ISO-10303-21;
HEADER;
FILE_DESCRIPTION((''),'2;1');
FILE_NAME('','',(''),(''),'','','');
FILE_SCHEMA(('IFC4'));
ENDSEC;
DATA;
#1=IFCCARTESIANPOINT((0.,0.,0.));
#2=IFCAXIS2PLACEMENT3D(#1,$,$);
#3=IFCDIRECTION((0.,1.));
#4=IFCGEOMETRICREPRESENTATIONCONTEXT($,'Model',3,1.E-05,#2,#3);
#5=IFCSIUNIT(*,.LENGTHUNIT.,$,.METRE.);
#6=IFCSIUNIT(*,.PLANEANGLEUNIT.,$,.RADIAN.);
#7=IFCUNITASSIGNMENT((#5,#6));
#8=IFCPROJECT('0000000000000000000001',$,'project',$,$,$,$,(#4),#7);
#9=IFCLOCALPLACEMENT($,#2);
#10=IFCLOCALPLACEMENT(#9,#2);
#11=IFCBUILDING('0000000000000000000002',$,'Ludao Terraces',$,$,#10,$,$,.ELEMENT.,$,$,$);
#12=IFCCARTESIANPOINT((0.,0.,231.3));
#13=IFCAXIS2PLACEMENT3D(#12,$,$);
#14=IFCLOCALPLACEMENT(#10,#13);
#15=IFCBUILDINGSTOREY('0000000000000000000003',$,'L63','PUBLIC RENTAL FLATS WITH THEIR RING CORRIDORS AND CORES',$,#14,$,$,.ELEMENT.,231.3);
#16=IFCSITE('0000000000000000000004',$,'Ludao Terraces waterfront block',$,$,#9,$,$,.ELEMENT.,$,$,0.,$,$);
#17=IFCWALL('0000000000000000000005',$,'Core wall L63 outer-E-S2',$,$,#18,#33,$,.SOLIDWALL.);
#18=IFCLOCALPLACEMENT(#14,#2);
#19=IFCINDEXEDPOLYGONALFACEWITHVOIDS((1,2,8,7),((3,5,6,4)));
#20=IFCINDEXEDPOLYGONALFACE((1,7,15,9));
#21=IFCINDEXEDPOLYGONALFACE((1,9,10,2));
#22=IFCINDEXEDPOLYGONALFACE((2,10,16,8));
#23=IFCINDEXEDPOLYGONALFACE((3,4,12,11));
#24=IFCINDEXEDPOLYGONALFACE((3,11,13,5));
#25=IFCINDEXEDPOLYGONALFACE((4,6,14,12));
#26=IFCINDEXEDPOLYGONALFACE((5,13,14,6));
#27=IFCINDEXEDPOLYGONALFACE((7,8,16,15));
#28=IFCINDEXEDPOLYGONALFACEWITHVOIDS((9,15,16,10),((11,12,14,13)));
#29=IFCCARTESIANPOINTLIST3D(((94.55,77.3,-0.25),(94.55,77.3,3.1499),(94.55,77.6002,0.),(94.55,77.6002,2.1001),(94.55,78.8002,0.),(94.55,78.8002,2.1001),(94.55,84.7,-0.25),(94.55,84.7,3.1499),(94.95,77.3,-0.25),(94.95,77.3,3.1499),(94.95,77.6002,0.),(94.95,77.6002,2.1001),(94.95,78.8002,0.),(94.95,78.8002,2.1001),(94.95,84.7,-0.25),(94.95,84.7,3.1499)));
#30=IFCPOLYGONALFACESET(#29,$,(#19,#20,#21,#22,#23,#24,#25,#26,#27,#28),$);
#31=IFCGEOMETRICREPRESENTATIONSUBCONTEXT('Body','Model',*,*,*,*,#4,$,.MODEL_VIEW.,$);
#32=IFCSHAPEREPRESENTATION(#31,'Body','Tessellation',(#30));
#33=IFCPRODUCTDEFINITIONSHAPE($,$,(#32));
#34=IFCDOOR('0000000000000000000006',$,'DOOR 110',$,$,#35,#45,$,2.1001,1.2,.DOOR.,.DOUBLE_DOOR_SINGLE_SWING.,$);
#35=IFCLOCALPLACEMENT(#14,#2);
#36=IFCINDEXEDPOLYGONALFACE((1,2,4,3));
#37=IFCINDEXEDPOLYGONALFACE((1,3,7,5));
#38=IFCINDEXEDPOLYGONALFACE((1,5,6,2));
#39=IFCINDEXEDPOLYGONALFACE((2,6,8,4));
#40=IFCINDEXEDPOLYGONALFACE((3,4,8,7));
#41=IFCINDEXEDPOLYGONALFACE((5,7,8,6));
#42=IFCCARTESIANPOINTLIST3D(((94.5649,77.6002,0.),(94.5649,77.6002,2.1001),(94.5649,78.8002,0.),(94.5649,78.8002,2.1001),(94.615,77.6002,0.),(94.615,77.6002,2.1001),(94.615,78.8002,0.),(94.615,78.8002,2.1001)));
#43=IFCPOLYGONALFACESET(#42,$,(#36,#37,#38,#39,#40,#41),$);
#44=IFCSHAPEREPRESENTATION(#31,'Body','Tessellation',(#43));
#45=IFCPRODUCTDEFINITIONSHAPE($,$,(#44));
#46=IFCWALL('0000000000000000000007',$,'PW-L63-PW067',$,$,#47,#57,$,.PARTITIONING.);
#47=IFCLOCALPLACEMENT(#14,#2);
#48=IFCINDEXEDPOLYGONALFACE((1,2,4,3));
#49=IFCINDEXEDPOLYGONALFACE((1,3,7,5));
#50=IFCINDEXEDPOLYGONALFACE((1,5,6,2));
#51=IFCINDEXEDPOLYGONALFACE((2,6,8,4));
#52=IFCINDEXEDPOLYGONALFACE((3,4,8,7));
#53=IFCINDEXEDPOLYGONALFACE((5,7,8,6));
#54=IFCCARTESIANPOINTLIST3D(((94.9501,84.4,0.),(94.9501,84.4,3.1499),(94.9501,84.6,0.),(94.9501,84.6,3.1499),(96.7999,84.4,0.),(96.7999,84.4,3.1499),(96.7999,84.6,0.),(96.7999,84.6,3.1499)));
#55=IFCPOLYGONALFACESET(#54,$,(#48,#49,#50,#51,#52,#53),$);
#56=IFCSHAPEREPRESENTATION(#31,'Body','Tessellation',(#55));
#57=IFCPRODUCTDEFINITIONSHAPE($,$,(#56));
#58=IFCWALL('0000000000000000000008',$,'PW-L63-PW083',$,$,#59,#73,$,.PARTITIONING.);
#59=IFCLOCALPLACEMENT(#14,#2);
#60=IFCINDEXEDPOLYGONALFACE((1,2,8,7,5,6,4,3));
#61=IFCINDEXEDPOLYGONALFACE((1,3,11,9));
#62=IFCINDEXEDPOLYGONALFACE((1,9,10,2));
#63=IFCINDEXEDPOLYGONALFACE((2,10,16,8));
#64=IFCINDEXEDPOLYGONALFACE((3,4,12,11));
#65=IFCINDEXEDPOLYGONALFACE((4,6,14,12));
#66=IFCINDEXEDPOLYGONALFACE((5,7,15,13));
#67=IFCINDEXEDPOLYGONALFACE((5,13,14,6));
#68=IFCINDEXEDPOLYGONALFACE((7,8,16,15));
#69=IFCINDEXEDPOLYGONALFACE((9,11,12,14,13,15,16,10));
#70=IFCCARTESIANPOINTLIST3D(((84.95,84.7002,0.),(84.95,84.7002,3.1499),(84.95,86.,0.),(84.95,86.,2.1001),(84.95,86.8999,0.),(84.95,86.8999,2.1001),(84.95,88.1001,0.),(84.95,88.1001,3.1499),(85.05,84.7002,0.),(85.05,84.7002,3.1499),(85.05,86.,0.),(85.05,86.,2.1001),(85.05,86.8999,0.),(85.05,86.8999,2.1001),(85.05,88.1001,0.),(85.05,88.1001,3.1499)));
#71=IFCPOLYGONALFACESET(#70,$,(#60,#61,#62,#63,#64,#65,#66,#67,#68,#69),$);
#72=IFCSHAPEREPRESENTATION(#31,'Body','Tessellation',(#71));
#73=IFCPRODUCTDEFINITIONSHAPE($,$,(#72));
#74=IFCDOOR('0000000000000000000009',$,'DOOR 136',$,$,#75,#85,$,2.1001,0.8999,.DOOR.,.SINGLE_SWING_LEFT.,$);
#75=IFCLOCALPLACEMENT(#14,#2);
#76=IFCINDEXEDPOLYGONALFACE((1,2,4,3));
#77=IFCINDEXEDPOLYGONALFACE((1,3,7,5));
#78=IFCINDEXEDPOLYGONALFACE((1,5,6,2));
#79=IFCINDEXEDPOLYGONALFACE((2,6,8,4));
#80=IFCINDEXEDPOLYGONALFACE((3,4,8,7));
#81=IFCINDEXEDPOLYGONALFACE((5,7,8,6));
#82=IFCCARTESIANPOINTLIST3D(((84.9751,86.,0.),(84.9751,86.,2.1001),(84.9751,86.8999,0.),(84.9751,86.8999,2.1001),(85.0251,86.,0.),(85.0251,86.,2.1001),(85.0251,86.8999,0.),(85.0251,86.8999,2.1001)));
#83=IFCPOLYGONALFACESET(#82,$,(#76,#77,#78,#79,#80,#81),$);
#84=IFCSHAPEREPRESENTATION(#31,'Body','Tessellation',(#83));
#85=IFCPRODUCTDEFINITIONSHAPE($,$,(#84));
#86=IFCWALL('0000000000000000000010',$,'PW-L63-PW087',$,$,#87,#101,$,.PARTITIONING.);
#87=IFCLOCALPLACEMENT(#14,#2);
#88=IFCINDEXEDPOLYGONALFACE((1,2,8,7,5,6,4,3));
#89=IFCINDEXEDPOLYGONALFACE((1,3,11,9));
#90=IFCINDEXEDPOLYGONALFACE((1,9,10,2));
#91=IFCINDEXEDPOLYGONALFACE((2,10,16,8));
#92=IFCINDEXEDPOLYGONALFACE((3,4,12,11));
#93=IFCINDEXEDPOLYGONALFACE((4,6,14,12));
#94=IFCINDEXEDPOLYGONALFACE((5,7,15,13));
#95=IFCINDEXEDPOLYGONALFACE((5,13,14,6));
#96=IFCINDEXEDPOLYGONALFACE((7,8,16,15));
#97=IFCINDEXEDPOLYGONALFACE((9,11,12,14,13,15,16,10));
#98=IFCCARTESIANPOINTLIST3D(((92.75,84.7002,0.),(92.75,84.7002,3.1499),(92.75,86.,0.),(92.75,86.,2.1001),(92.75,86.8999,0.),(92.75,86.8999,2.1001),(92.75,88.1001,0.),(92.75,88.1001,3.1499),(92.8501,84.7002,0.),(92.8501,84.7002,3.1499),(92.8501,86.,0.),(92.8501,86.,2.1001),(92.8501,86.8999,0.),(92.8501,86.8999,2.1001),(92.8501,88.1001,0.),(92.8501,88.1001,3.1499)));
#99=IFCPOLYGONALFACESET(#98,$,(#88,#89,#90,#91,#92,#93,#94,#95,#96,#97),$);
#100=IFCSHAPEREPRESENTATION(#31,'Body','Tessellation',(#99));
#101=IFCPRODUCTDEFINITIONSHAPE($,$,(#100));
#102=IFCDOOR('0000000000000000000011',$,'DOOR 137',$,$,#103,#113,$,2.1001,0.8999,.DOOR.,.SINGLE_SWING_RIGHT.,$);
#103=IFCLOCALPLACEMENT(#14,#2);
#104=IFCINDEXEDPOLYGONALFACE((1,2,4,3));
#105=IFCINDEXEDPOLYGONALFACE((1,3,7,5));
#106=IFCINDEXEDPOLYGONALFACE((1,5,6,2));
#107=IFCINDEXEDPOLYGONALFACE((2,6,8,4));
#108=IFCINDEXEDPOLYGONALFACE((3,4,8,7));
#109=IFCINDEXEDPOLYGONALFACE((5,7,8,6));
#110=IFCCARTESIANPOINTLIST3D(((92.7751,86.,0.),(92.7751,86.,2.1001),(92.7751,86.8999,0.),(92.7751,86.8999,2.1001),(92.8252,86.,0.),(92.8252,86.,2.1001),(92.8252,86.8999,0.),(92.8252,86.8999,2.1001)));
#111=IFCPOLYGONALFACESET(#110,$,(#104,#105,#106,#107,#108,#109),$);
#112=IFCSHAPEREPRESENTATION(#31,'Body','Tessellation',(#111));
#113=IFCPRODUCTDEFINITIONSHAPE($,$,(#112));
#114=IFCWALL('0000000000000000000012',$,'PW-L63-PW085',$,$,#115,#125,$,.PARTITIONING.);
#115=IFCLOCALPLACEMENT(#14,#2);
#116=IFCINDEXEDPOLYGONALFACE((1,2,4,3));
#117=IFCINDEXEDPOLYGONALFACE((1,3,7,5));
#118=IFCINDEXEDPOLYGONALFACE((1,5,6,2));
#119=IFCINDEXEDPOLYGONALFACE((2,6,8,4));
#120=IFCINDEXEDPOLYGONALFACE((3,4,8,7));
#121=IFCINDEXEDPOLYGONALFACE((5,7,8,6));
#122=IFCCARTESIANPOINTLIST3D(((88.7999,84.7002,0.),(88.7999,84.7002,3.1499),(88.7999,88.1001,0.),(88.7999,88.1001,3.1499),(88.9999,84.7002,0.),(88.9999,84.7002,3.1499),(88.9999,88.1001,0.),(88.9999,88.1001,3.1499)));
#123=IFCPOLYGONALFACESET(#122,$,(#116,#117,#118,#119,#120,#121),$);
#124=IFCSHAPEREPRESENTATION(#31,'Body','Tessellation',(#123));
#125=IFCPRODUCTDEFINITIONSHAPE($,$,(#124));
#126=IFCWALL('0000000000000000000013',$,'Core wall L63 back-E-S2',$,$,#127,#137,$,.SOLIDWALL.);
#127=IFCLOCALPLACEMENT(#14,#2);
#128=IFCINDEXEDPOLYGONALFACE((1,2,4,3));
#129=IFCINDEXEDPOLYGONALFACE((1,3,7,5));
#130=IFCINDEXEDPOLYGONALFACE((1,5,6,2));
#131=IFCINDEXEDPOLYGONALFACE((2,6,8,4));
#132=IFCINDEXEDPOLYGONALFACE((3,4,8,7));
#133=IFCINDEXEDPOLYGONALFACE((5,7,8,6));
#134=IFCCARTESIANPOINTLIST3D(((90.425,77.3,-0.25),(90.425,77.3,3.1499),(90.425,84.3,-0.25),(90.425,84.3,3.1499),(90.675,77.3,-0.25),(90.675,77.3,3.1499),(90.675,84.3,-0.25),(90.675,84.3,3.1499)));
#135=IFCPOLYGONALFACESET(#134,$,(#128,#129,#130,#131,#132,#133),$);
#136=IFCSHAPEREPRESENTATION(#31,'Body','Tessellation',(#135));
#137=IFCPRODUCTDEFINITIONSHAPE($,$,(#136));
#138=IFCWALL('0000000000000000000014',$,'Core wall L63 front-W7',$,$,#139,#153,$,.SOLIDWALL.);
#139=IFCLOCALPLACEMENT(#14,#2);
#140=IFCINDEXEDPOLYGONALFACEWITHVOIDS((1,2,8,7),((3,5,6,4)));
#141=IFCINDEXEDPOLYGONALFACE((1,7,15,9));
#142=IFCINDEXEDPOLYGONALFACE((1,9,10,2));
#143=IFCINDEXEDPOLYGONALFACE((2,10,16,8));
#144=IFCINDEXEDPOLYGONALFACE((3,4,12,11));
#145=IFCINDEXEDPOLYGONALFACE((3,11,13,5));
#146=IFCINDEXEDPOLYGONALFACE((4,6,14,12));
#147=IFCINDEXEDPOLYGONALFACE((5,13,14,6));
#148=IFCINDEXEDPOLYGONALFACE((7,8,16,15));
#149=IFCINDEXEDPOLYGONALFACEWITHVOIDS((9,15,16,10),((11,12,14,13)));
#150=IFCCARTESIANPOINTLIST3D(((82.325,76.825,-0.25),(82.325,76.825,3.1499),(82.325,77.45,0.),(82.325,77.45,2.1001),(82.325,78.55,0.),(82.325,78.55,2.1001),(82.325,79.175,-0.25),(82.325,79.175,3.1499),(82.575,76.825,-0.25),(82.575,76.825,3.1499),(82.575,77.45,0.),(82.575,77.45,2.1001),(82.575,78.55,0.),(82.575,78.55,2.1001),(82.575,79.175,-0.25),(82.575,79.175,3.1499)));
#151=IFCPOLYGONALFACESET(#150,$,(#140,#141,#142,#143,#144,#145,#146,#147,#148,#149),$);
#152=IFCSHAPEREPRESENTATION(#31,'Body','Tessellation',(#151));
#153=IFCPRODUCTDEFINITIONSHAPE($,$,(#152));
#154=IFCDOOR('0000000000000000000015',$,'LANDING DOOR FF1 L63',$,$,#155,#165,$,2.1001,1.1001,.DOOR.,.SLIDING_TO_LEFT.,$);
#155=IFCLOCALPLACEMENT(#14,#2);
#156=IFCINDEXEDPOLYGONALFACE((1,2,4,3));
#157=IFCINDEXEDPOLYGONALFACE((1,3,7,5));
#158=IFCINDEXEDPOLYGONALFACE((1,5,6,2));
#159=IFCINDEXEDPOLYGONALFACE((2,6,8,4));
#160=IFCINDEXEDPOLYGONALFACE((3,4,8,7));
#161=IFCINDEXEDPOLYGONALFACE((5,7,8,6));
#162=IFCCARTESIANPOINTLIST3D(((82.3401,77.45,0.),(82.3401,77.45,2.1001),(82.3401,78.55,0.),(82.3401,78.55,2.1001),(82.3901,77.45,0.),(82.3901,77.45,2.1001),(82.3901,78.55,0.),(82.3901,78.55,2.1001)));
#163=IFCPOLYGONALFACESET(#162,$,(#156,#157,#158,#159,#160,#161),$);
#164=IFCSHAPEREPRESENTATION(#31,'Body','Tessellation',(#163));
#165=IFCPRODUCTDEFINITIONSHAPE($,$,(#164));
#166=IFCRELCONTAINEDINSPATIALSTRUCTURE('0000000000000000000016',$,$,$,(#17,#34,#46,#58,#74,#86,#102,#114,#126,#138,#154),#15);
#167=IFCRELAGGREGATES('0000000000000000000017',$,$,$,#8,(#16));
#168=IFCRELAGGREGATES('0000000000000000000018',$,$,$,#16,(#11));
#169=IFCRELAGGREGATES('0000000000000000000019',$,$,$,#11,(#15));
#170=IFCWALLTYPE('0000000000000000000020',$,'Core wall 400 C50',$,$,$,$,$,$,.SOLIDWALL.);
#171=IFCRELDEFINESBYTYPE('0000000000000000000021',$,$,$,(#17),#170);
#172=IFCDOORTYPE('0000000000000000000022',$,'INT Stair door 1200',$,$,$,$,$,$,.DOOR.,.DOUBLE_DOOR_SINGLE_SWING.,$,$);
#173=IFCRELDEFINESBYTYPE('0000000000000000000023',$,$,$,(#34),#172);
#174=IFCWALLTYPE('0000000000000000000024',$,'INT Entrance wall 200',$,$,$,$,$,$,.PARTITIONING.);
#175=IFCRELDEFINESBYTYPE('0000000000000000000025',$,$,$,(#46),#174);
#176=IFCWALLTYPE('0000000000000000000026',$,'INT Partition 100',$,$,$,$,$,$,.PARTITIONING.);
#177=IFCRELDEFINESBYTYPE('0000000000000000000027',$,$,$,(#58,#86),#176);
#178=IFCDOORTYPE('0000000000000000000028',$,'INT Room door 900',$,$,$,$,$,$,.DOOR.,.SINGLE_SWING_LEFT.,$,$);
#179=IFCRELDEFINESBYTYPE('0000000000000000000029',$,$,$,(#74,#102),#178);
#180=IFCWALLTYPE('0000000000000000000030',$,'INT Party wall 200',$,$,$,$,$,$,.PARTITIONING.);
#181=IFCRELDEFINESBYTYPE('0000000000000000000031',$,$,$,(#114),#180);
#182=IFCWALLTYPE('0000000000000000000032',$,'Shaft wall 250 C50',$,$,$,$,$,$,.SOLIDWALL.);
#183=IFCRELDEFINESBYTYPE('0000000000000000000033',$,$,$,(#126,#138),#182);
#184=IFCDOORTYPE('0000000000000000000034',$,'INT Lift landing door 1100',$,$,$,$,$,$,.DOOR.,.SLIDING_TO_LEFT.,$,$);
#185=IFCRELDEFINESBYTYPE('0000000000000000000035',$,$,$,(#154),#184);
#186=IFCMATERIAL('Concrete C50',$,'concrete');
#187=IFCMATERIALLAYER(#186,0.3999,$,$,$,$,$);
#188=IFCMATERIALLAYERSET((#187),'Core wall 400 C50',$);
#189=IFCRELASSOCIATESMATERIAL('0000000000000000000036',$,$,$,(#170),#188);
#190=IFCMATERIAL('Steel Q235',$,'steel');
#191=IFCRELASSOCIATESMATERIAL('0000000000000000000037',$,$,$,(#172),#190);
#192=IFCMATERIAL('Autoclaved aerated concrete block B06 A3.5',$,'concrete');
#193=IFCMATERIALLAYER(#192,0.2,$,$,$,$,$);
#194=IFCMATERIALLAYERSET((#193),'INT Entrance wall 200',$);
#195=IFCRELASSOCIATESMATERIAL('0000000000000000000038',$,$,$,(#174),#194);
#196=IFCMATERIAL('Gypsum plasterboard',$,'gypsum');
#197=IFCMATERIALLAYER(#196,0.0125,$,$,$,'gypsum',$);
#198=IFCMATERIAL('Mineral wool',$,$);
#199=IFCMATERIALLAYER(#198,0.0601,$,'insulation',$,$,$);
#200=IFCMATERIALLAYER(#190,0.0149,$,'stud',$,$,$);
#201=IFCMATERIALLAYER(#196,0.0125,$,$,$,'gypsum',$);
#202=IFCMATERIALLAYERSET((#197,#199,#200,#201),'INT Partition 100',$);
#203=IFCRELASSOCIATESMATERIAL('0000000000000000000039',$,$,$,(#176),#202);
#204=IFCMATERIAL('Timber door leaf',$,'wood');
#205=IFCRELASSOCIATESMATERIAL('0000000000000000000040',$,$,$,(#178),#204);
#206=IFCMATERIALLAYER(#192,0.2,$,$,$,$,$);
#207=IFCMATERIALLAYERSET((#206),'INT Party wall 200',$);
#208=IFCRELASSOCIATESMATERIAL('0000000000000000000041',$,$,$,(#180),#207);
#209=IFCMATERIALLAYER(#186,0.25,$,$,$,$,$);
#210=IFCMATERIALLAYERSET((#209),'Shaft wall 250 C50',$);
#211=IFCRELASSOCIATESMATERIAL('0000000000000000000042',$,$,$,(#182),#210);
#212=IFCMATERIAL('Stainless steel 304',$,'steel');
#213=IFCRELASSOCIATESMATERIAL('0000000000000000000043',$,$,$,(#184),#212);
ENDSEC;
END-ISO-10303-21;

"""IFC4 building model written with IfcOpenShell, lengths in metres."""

from ifc_helpers import new_model, si_unit, direction, frame, frame_2d, origin, place, context, subcontext, project, spatial, rectangle, extrude, material, layer, layer_set, type_object, element, fill, save


model = new_model("IFC4")

# Units and contexts
model_context = context("Model", 3, precision=1e-05, world=origin(), true_north=direction((0.0, 1.0)))
body_context = subcontext(model_context, "Body", "Model", "MODEL_VIEW")
ifc_project = project(units=[si_unit("LENGTHUNIT", "METRE"), si_unit("PLANEANGLEUNIT", "RADIAN")], contexts=[model_context])

# Site, building, storey
site_placement = place(None, origin())
site = spatial("IfcSite", under=ifc_project, at=site_placement, Name="Ludao Terraces waterfront block", CompositionType="ELEMENT", RefElevation=0.0)
building_placement = place(site_placement, origin())
building = spatial("IfcBuilding", under=site, at=building_placement, Name="Ludao Terraces", CompositionType="ELEMENT")
storey_placement = place(building_placement, frame((0.0, 0.0, 231.3)))
storey = spatial("IfcBuildingStorey", under=building, at=storey_placement, Name="L63", Description="PUBLIC RENTAL FLATS WITH THEIR RING CORRIDORS AND CORES", CompositionType="ELEMENT", Elevation=231.3)

# Wall, opening, door
ifc_material_1 = material(Name="Concrete C50", Category="concrete")
ifc_layer_1 = layer(ifc_material_1, 0.3999)
ifc_layer_set_1 = layer_set([ifc_layer_1], Name="Core wall 400 C50")
wall_type_1 = type_object("IfcWallType", Name="Core wall 400 C50", PredefinedType="SOLIDWALL", material=ifc_layer_set_1)
wall_1_placement = place(storey_placement, frame((94.75, 77.3, -0.25), z_axis=(0.0, 0.0, 1.0), x_axis=(0.0, 1.0, 0.0)))
wall_1 = element("IfcWall", 1, at=wall_1_placement, inside=storey, type_object=wall_type_1, Name="Core wall L63 outer-E-S2", PredefinedType="SOLIDWALL", context=body_context, shape_type="SweptSolid", body=[
    extrude(rectangle(XDim=7.3999, YDim=0.3999, at=frame_2d((3.7, 0.0))), origin(), (0.0, 0.0, 1.0), 3.3999),
])
opening_1_placement = place(wall_1_placement, frame((0.3, 0.0, 0.25)))
opening_1 = element("IfcOpeningElement", 2, at=opening_1_placement, cuts=wall_1, PredefinedType="OPENING", context=body_context, shape_type="SweptSolid", body=[
    extrude(rectangle(XDim=1.2, YDim=2.1001, at=frame_2d((0.6001, 1.05))), frame((0.0, 0.21, 0.0), z_axis=(0.0, -1.0, 0.0), x_axis=(1.0, 0.0, 0.0)), (0.0, 0.0, 1.0), 0.4199),
])
ifc_material_2 = material(Name="Steel Q235", Category="steel")
door_type_1 = type_object("IfcDoorType", Name="INT Stair door 1200", OperationType="DOUBLE_DOOR_SINGLE_SWING", PredefinedType="DOOR", material=ifc_material_2)
door_1_placement = place(opening_1_placement, origin())
door_1 = element("IfcDoor", 3, at=door_1_placement, inside=storey, type_object=door_type_1, Name="DOOR 110", OperationType="DOUBLE_DOOR_SINGLE_SWING", OverallHeight=2.1001, OverallWidth=1.2, PredefinedType="DOOR", context=body_context, shape_type="SweptSolid", body=[
    extrude(rectangle(XDim=1.2, YDim=2.1001, at=frame_2d((0.6001, 1.05))), frame((0.0, 0.1851, 0.0), z_axis=(0.0, -1.0, 0.0), x_axis=(1.0, 0.0, 0.0)), (0.0, 0.0, 1.0), 0.05),
])
fill(opening_1, door_1)

# Wall
ifc_material_3 = material(Name="Autoclaved aerated concrete block B06 A3.5", Category="concrete")
ifc_layer_2 = layer(ifc_material_3, 0.2)
ifc_layer_set_2 = layer_set([ifc_layer_2], Name="INT Entrance wall 200")
wall_type_2 = type_object("IfcWallType", Name="INT Entrance wall 200", PredefinedType="PARTITIONING", material=ifc_layer_set_2)
wall_2_placement = place(storey_placement, frame((94.9502, 84.5, 0.0), z_axis=(0.0, 0.0, 1.0), x_axis=(1.0, 0.0, 0.0)))
element("IfcWall", 4, at=wall_2_placement, inside=storey, type_object=wall_type_2, Name="PW-L63-PW067", PredefinedType="PARTITIONING", context=body_context, shape_type="SweptSolid", body=[
    extrude(rectangle(XDim=1.8499, YDim=0.2, at=frame_2d((0.9248, 0.0))), origin(), (0.0, 0.0, 1.0), 3.1499),
])

# Walls, openings, doors
ifc_material_4 = material(Name="Gypsum plasterboard", Category="gypsum")
ifc_layer_3 = layer(ifc_material_4, 0.0125, Category="gypsum")
ifc_material_5 = material(Name="Mineral wool")
ifc_layer_4 = layer(ifc_material_5, 0.0601, Name="insulation")
ifc_layer_5 = layer(ifc_material_2, 0.0149, Name="stud")
ifc_layer_6 = layer(ifc_material_4, 0.0125, Category="gypsum")
ifc_layer_set_3 = layer_set([ifc_layer_3, ifc_layer_4, ifc_layer_5, ifc_layer_6], Name="INT Partition 100")
wall_type_3 = type_object("IfcWallType", Name="INT Partition 100", PredefinedType="PARTITIONING", material=ifc_layer_set_3)
wall_3_placement = place(storey_placement, frame((85.0, 84.7002, 0.0), z_axis=(0.0, 0.0, 1.0), x_axis=(0.0, 1.0, 0.0)))
wall_3 = element("IfcWall", 5, at=wall_3_placement, inside=storey, type_object=wall_type_3, Name="PW-L63-PW083", PredefinedType="PARTITIONING", context=body_context, shape_type="SweptSolid", body=[
    extrude(rectangle(XDim=3.3999, YDim=0.1001, at=frame_2d((1.7, 0.0))), origin(), (0.0, 0.0, 1.0), 3.1499),
])
opening_2_placement = place(wall_3_placement, frame((1.2998, 0.0, 0.0)))
opening_2 = element("IfcOpeningElement", 6, at=opening_2_placement, cuts=wall_3, PredefinedType="OPENING", context=body_context, shape_type="SweptSolid", body=[
    extrude(rectangle(XDim=0.8999, YDim=2.1001, at=frame_2d((0.45, 1.05))), frame((0.0, 0.0601, 0.0), z_axis=(0.0, -1.0, 0.0), x_axis=(1.0, 0.0, 0.0)), (0.0, 0.0, 1.0), 0.1201),
])
ifc_material_6 = material(Name="Timber door leaf", Category="wood")
door_type_2 = type_object("IfcDoorType", Name="INT Room door 900", OperationType="SINGLE_SWING_LEFT", PredefinedType="DOOR", material=ifc_material_6)
door_2_placement = place(opening_2_placement, origin())
door_2 = element("IfcDoor", 7, at=door_2_placement, inside=storey, type_object=door_type_2, Name="DOOR 136", OperationType="SINGLE_SWING_LEFT", OverallHeight=2.1001, OverallWidth=0.8999, PredefinedType="DOOR", context=body_context, shape_type="SweptSolid", body=[
    extrude(rectangle(XDim=0.8999, YDim=2.1001, at=frame_2d((0.45, 1.05))), frame((0.0, 0.0249, 0.0), z_axis=(0.0, -1.0, 0.0), x_axis=(1.0, 0.0, 0.0)), (0.0, 0.0, 1.0), 0.05),
])
fill(opening_2, door_2)
wall_4_placement = place(storey_placement, frame((92.8, 84.7002, 0.0), z_axis=(0.0, 0.0, 1.0), x_axis=(0.0, 1.0, 0.0)))
wall_4 = element("IfcWall", 8, at=wall_4_placement, inside=storey, type_object=wall_type_3, Name="PW-L63-PW087", PredefinedType="PARTITIONING", context=body_context, shape_type="SweptSolid", body=[
    extrude(rectangle(XDim=3.3999, YDim=0.1001, at=frame_2d((1.7, 0.0))), origin(), (0.0, 0.0, 1.0), 3.1499),
])
opening_3_placement = place(wall_4_placement, frame((1.2998, 0.0, 0.0)))
opening_3 = element("IfcOpeningElement", 9, at=opening_3_placement, cuts=wall_4, PredefinedType="OPENING", context=body_context, shape_type="SweptSolid", body=[
    extrude(rectangle(XDim=0.8999, YDim=2.1001, at=frame_2d((0.45, 1.05))), frame((0.0, 0.0601, 0.0), z_axis=(0.0, -1.0, 0.0), x_axis=(1.0, 0.0, 0.0)), (0.0, 0.0, 1.0), 0.1201),
])
door_3_placement = place(opening_3_placement, origin())
door_3 = element("IfcDoor", 10, at=door_3_placement, inside=storey, type_object=door_type_2, Name="DOOR 137", OperationType="SINGLE_SWING_RIGHT", OverallHeight=2.1001, OverallWidth=0.8999, PredefinedType="DOOR", context=body_context, shape_type="SweptSolid", body=[
    extrude(rectangle(XDim=0.8999, YDim=2.1001, at=frame_2d((0.45, 1.05))), frame((0.0, 0.0249, 0.0), z_axis=(0.0, -1.0, 0.0), x_axis=(1.0, 0.0, 0.0)), (0.0, 0.0, 1.0), 0.05),
])
fill(opening_3, door_3)

# Walls
ifc_layer_7 = layer(ifc_material_3, 0.2)
ifc_layer_set_4 = layer_set([ifc_layer_7], Name="INT Party wall 200")
wall_type_4 = type_object("IfcWallType", Name="INT Party wall 200", PredefinedType="PARTITIONING", material=ifc_layer_set_4)
wall_5_placement = place(storey_placement, frame((88.8999, 84.7002, 0.0), z_axis=(0.0, 0.0, 1.0), x_axis=(0.0, 1.0, 0.0)))
element("IfcWall", 11, at=wall_5_placement, inside=storey, type_object=wall_type_4, Name="PW-L63-PW085", PredefinedType="PARTITIONING", context=body_context, shape_type="SweptSolid", body=[
    extrude(rectangle(XDim=3.3999, YDim=0.2, at=frame_2d((1.7, 0.0))), origin(), (0.0, 0.0, 1.0), 3.1499),
])
ifc_layer_8 = layer(ifc_material_1, 0.25)
ifc_layer_set_5 = layer_set([ifc_layer_8], Name="Shaft wall 250 C50")
wall_type_5 = type_object("IfcWallType", Name="Shaft wall 250 C50", PredefinedType="SOLIDWALL", material=ifc_layer_set_5)
wall_6_placement = place(storey_placement, frame((90.55, 77.3, -0.25), z_axis=(0.0, 0.0, 1.0), x_axis=(0.0, 1.0, 0.0)))
element("IfcWall", 12, at=wall_6_placement, inside=storey, type_object=wall_type_5, Name="Core wall L63 back-E-S2", PredefinedType="SOLIDWALL", context=body_context, shape_type="SweptSolid", body=[
    extrude(rectangle(XDim=7.0, YDim=0.25, at=frame_2d((3.5, 0.0))), origin(), (0.0, 0.0, 1.0), 3.3999),
])

# Wall, opening, door
wall_7_placement = place(storey_placement, frame((82.45, 76.825, -0.25), z_axis=(0.0, 0.0, 1.0), x_axis=(0.0, 1.0, 0.0)))
wall_7 = element("IfcWall", 13, at=wall_7_placement, inside=storey, type_object=wall_type_5, Name="Core wall L63 front-W7", PredefinedType="SOLIDWALL", context=body_context, shape_type="SweptSolid", body=[
    extrude(rectangle(XDim=2.3501, YDim=0.25, at=frame_2d((1.175, 0.0))), origin(), (0.0, 0.0, 1.0), 3.3999),
])
opening_4_placement = place(wall_7_placement, frame((0.625, 0.0, 0.25)))
opening_4 = element("IfcOpeningElement", 14, at=opening_4_placement, cuts=wall_7, PredefinedType="OPENING", context=body_context, shape_type="SweptSolid", body=[
    extrude(rectangle(XDim=1.1001, YDim=2.1001, at=frame_2d((0.55, 1.05))), frame((0.0, 0.135, 0.0), z_axis=(0.0, -1.0, 0.0), x_axis=(1.0, 0.0, 0.0)), (0.0, 0.0, 1.0), 0.27),
])
ifc_material_7 = material(Name="Stainless steel 304", Category="steel")
door_type_3 = type_object("IfcDoorType", Name="INT Lift landing door 1100", OperationType="SLIDING_TO_LEFT", PredefinedType="DOOR", material=ifc_material_7)
door_4_placement = place(opening_4_placement, origin())
door_4 = element("IfcDoor", 15, at=door_4_placement, inside=storey, type_object=door_type_3, Name="LANDING DOOR FF1 L63", OperationType="SLIDING_TO_LEFT", OverallHeight=2.1001, OverallWidth=1.1001, PredefinedType="DOOR", context=body_context, shape_type="SweptSolid", body=[
    extrude(rectangle(XDim=1.1001, YDim=2.1001, at=frame_2d((0.55, 1.05))), frame((0.0, 0.1099, 0.0), z_axis=(0.0, -1.0, 0.0), x_axis=(1.0, 0.0, 0.0)), (0.0, 0.0, 1.0), 0.05),
])
fill(opening_4, door_4)

save(model, "model.ifc")
